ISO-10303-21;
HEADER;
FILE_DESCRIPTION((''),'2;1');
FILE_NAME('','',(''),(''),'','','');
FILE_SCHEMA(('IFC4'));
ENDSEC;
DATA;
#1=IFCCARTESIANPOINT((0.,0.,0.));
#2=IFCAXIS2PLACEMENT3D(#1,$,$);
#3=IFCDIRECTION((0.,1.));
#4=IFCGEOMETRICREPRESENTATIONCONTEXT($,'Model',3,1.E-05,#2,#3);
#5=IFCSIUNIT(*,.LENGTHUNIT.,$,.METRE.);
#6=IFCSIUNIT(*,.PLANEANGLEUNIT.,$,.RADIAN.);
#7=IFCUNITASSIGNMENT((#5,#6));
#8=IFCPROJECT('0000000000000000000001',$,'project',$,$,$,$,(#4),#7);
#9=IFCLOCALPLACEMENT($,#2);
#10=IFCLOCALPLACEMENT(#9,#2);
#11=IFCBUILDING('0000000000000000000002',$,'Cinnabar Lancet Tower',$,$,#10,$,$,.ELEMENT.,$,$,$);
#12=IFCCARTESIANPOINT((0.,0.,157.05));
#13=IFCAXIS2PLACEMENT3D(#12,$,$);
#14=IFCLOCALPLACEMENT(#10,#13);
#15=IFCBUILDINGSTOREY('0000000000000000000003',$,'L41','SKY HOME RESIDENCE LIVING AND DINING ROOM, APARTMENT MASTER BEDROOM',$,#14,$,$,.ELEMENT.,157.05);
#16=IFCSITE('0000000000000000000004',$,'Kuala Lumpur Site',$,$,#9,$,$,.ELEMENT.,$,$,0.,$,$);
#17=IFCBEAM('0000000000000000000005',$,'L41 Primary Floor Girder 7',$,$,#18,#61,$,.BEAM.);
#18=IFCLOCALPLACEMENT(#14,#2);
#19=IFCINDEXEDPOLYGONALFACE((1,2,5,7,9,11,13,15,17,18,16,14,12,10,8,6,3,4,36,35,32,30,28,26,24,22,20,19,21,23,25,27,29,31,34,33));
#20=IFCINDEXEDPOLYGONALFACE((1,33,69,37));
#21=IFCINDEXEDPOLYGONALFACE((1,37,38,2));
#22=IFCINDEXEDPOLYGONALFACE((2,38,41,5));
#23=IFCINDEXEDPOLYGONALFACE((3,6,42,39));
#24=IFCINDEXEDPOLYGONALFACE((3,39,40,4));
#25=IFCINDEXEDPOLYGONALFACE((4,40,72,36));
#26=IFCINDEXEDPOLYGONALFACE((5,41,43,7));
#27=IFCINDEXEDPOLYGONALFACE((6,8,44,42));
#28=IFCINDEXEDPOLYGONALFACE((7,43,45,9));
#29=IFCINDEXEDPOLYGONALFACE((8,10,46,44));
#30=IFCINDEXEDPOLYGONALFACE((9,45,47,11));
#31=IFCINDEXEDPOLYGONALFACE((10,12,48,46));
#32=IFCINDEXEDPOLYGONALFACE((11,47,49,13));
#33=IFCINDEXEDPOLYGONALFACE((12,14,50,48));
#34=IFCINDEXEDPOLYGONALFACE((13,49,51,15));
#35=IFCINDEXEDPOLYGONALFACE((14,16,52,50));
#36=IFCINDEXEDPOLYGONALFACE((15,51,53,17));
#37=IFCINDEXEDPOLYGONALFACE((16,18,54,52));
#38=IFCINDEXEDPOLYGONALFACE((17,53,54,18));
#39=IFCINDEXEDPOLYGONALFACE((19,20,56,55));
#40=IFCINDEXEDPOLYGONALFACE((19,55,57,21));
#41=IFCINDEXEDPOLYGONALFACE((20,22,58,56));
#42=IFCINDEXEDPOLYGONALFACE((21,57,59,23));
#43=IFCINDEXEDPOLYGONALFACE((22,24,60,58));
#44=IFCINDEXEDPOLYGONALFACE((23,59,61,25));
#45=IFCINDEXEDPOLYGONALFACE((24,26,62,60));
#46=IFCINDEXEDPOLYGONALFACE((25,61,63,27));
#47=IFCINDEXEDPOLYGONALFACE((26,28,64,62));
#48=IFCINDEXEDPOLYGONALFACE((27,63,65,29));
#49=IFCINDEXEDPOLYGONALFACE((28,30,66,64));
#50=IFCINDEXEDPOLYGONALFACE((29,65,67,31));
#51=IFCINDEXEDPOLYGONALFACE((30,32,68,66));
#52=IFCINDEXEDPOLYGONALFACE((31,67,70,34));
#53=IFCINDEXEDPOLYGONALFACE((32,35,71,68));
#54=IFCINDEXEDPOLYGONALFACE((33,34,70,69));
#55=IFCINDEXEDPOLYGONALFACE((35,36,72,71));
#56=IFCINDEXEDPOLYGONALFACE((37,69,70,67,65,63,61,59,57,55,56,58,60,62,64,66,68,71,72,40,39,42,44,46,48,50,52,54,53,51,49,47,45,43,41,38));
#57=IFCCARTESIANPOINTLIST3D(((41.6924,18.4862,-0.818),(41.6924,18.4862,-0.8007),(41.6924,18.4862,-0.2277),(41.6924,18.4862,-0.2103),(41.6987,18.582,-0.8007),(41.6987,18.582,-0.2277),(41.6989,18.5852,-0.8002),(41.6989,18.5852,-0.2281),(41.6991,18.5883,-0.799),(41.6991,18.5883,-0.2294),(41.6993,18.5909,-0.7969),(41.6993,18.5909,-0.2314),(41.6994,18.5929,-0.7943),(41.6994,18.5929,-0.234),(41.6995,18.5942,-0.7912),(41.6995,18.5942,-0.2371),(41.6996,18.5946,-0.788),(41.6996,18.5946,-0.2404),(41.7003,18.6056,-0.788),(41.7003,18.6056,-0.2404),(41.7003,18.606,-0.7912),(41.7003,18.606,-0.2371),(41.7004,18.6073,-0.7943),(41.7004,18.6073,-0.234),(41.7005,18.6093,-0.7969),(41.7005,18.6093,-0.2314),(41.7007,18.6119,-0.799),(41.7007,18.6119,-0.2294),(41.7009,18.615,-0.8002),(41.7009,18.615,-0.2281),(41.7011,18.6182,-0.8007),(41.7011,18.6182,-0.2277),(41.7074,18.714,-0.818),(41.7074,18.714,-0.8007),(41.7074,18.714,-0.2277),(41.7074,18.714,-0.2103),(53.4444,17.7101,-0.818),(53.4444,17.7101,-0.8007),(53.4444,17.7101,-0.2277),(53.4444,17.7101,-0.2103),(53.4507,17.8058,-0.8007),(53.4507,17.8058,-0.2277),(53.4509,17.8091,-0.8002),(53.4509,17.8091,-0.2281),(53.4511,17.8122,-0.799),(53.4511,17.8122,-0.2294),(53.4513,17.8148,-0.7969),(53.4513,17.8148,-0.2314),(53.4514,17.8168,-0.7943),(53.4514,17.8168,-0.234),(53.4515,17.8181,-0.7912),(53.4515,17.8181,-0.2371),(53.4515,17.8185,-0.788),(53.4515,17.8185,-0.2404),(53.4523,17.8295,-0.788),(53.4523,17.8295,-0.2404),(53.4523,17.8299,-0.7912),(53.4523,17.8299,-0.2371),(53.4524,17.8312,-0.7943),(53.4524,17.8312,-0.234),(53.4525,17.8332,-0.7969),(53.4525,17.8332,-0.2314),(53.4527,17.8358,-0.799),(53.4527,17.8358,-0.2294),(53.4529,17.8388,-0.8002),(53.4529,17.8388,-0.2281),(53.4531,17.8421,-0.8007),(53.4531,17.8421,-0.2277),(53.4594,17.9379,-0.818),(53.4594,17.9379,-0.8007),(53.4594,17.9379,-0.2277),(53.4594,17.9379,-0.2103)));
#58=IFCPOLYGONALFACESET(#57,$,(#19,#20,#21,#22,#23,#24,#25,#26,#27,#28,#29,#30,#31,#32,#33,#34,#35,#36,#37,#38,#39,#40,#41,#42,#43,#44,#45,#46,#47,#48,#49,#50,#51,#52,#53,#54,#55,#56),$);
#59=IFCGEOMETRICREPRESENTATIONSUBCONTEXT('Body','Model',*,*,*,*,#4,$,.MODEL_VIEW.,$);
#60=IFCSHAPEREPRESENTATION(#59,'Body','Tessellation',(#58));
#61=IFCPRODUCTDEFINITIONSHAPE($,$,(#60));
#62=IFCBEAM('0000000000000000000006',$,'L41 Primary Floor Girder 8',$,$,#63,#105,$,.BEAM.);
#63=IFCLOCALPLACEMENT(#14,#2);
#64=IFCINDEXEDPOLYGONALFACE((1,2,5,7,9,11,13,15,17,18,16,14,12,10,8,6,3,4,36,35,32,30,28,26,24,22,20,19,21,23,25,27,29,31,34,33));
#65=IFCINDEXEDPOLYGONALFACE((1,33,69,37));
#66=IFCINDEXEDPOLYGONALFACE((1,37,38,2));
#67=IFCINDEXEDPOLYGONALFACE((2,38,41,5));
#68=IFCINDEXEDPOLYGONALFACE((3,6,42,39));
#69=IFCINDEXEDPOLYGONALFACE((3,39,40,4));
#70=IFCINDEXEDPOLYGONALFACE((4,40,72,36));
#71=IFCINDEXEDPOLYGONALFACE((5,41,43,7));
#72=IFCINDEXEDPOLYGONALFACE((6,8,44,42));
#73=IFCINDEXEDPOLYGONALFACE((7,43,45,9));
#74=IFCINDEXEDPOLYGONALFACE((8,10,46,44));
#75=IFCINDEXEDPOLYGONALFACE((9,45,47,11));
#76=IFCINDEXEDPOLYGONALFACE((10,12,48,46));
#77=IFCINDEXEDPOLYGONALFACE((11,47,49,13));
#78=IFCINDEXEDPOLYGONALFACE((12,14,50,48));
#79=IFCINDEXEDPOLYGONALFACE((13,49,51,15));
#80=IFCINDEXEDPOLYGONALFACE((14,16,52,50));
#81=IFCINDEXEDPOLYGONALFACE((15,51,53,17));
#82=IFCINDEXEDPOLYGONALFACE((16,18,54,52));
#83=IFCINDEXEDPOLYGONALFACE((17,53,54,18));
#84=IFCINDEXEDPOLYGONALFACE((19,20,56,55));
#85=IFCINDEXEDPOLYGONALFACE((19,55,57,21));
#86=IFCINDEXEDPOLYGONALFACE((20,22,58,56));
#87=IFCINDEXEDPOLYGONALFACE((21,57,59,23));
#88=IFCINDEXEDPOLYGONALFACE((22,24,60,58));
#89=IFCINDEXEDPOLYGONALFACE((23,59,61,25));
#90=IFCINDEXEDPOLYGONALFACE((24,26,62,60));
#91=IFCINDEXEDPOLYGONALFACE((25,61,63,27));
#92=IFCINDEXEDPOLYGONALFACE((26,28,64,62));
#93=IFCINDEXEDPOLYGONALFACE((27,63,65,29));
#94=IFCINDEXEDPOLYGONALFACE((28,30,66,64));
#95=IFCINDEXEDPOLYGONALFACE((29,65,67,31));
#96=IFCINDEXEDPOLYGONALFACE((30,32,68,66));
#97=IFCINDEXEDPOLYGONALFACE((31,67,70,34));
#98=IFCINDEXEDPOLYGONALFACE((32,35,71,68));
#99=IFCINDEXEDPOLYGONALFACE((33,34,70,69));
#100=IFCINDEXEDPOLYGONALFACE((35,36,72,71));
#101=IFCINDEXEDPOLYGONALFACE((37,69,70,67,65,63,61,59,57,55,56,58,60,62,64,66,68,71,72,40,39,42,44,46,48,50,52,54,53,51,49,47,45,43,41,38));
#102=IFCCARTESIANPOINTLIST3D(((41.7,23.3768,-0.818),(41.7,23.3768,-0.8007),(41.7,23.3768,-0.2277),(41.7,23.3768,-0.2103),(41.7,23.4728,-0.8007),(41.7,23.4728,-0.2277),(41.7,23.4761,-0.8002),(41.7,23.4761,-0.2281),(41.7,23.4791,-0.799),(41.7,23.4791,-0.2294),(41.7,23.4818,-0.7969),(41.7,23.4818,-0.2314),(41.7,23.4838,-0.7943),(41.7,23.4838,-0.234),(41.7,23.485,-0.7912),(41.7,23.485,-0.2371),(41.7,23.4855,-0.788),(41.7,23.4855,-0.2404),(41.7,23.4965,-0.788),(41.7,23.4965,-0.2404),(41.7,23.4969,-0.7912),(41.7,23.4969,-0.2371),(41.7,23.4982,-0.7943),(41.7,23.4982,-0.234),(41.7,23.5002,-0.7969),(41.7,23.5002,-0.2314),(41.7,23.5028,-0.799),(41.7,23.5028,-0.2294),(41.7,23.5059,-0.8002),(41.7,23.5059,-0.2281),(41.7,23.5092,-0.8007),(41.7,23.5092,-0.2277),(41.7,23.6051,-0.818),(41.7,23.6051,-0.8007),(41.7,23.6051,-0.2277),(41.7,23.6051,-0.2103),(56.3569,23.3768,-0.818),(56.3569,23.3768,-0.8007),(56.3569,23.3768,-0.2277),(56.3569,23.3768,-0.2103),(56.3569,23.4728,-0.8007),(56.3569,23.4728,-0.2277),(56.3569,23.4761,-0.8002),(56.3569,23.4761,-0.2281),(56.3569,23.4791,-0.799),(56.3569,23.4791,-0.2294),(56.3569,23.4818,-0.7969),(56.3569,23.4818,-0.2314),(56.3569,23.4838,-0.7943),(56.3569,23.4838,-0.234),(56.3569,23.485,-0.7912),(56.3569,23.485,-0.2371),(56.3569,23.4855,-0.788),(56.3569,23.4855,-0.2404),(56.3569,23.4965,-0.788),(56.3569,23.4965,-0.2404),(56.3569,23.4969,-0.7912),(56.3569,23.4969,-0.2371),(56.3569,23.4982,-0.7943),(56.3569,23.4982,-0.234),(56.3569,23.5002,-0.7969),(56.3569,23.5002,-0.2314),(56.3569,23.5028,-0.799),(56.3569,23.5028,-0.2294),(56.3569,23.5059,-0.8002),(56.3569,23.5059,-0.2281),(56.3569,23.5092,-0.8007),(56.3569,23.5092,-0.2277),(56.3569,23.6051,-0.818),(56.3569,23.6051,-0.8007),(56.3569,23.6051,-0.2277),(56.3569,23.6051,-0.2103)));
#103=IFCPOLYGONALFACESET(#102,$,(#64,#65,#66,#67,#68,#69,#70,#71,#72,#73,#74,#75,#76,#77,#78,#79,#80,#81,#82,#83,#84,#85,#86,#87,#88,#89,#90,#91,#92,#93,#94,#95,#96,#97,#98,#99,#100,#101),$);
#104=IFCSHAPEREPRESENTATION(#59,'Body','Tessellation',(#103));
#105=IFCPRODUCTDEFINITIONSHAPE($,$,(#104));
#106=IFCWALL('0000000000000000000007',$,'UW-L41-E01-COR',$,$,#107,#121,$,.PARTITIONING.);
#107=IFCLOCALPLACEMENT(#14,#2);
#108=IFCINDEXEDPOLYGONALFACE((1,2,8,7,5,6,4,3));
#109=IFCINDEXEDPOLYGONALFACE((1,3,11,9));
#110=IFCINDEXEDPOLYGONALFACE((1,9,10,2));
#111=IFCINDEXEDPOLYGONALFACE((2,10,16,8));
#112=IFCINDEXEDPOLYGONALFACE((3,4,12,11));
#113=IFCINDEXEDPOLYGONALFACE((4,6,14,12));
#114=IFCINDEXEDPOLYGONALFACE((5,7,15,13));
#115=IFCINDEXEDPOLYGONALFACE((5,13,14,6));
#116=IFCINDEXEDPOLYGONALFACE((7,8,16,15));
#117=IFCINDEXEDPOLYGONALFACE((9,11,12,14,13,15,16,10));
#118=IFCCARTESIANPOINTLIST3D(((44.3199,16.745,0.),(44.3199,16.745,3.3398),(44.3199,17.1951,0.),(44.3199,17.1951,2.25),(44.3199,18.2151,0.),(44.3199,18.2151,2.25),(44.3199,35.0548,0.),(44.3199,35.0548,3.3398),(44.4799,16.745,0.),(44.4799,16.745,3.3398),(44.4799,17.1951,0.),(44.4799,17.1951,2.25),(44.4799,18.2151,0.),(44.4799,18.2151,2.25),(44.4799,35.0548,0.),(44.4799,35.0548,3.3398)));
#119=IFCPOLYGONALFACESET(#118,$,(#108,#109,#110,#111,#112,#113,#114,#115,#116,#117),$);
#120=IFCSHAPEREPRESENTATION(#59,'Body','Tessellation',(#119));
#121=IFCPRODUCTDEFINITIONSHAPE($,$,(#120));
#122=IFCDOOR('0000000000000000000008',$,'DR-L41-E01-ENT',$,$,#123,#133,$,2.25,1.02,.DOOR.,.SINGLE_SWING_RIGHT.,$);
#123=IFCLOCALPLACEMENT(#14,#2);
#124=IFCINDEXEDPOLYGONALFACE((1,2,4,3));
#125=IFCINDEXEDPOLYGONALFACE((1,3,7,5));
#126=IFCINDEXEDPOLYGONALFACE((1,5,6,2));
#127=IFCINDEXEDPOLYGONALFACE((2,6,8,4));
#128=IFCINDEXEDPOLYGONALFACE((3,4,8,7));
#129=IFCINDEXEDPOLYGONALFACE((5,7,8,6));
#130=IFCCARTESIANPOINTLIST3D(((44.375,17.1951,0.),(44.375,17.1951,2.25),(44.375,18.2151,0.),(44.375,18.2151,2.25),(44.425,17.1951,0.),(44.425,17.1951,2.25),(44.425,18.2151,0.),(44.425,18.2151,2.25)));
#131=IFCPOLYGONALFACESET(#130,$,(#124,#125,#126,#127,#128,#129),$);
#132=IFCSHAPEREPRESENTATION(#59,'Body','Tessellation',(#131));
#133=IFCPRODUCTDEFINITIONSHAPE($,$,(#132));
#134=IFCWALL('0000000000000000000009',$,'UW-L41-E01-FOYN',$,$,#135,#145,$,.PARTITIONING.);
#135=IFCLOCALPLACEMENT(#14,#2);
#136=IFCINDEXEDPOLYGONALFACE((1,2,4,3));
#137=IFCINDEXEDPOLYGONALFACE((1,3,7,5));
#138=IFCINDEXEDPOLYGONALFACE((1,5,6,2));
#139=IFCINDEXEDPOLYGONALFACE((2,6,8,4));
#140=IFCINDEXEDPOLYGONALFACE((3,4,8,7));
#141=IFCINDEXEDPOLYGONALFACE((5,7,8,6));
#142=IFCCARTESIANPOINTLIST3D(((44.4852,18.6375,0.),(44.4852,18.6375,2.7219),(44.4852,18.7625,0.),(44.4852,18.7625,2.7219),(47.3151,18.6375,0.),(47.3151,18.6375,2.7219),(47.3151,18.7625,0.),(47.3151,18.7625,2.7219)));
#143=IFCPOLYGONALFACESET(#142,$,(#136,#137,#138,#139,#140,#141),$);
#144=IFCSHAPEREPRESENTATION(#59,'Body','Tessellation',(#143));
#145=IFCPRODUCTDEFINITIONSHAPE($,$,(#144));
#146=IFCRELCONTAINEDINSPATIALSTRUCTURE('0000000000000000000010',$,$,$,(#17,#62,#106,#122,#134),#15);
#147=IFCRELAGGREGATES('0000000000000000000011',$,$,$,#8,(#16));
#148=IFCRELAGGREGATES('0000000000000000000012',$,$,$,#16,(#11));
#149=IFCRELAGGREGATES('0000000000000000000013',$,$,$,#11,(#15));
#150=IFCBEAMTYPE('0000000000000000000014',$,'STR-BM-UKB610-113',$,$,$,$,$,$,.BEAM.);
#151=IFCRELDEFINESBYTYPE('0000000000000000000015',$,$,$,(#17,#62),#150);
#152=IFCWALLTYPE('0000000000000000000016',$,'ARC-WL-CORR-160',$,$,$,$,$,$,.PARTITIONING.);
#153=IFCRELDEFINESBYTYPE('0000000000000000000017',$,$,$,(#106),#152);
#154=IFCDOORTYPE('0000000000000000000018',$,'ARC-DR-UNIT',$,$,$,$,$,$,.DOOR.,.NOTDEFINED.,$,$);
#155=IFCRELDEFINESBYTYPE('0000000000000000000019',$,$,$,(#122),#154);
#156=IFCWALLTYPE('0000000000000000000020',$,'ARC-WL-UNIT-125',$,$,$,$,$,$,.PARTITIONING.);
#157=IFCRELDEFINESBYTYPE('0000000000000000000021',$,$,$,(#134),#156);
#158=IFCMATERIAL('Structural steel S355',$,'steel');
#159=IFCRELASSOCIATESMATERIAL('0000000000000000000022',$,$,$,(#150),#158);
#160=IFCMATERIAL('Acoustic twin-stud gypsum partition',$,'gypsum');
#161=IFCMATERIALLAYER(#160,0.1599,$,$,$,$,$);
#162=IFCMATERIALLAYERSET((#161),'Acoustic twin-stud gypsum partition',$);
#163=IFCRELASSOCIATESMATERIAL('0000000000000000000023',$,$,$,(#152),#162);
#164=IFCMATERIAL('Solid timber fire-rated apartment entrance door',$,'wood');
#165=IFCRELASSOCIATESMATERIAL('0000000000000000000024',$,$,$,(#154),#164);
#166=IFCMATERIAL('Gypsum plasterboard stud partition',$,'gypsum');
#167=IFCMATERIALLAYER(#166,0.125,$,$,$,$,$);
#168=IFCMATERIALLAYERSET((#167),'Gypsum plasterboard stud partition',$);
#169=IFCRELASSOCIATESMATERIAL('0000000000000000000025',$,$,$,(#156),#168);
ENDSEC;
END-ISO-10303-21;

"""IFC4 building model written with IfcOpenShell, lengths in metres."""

from ifc_helpers import new_model, si_unit, direction, frame, frame_2d, origin, origin_2d, place, context, subcontext, project, spatial, rectangle, i_section, extrude, material, layer, layer_set, material_profile, profile_set, type_object, element, fill, save


model = new_model("IFC4")

# Units and contexts
model_context = context("Model", 3, precision=1e-05, world=origin(), true_north=direction((0.0, 1.0)))
body_context = subcontext(model_context, "Body", "Model", "MODEL_VIEW")
ifc_project = project(units=[si_unit("LENGTHUNIT", "METRE"), si_unit("PLANEANGLEUNIT", "RADIAN")], contexts=[model_context])

# Site, building, storey
site_placement = place(None, origin())
site = spatial("IfcSite", under=ifc_project, at=site_placement, Name="Kuala Lumpur Site", CompositionType="ELEMENT", RefElevation=0.0)
building_placement = place(site_placement, origin())
building = spatial("IfcBuilding", under=site, at=building_placement, Name="Cinnabar Lancet Tower", CompositionType="ELEMENT")
storey_placement = place(building_placement, frame((0.0, 0.0, 157.05)))
storey = spatial("IfcBuildingStorey", under=building, at=storey_placement, Name="L41", Description="SKY HOME RESIDENCE LIVING AND DINING ROOM, APARTMENT MASTER BEDROOM", CompositionType="ELEMENT", Elevation=157.05)

# Beams
ifc_material_1 = material(Name="Structural steel S355", Category="steel")
ifc_material_profile_1 = material_profile(ifc_material_1, i_section(OverallWidth=0.2283, OverallDepth=0.6077, WebThickness=0.011, FlangeThickness=0.0173, FilletRadius=0.0127, at=origin_2d()), Name="UKB 610x229x113")
ifc_profile_set_1 = profile_set([ifc_material_profile_1], Name="Structural steel S355")
beam_type_1 = type_object("IfcBeamType", Name="STR-BM-UKB610-113", PredefinedType="BEAM", material=ifc_profile_set_1)
beam_1_placement = place(storey_placement, frame((53.4519, 17.824, -0.5142), z_axis=(-0.997826, 0.065898, 0.0), x_axis=(-0.065898, -0.997826, 0.0)))
element("IfcBeam", 1, at=beam_1_placement, inside=storey, type_object=beam_type_1, Name="L41 Primary Floor Girder 7", PredefinedType="BEAM", context=body_context, shape_type="SweptSolid", body=[
    extrude(i_section(OverallWidth=0.2283, OverallDepth=0.6077, WebThickness=0.011, FlangeThickness=0.0173, FilletRadius=0.0127, at=origin_2d()), origin(), (0.0, 0.0, 1.0), 11.7776),
])
beam_2_placement = place(storey_placement, frame((56.3569, 23.491, -0.5142), z_axis=(-1.0, 0.0, 0.0), x_axis=(0.0, -1.0, 0.0)))
element("IfcBeam", 2, at=beam_2_placement, inside=storey, type_object=beam_type_1, Name="L41 Primary Floor Girder 8", PredefinedType="BEAM", context=body_context, shape_type="SweptSolid", body=[
    extrude(i_section(OverallWidth=0.2283, OverallDepth=0.6077, WebThickness=0.011, FlangeThickness=0.0173, FilletRadius=0.0127, at=origin_2d()), origin(), (0.0, 0.0, 1.0), 14.657),
])

# Wall, opening, door
ifc_material_2 = material(Name="Acoustic twin-stud gypsum partition", Category="gypsum")
ifc_layer_1 = layer(ifc_material_2, 0.1599)
ifc_layer_set_1 = layer_set([ifc_layer_1], Name="Acoustic twin-stud gypsum partition")
wall_type_1 = type_object("IfcWallType", Name="ARC-WL-CORR-160", PredefinedType="PARTITIONING", material=ifc_layer_set_1)
wall_1_placement = place(storey_placement, frame((44.3999, 16.7451, 0.0), z_axis=(0.0, 0.0, 1.0), x_axis=(0.0, 1.0, 0.0)))
wall_1 = element("IfcWall", 3, at=wall_1_placement, inside=storey, type_object=wall_type_1, Name="UW-L41-E01-COR", PredefinedType="PARTITIONING", context=body_context, shape_type="SweptSolid", body=[
    extrude(rectangle(XDim=18.3098, YDim=0.1599, at=frame_2d((9.1548, 0.0))), origin(), (0.0, 0.0, 1.0), 3.3398),
])
opening_1_placement = place(wall_1_placement, frame((0.45, 0.0, 0.0)))
opening_1 = element("IfcOpeningElement", 4, at=opening_1_placement, cuts=wall_1, PredefinedType="OPENING", context=body_context, shape_type="SweptSolid", body=[
    extrude(rectangle(XDim=1.02, YDim=2.25, at=frame_2d((0.51, 1.125))), frame((0.0, 0.0898, 0.0), z_axis=(0.0, -1.0, 0.0), x_axis=(1.0, 0.0, 0.0)), (0.0, 0.0, 1.0), 0.1799),
])
ifc_material_3 = material(Name="Solid timber fire-rated apartment entrance door", Category="wood")
door_type_1 = type_object("IfcDoorType", Name="ARC-DR-UNIT", OperationType="NOTDEFINED", PredefinedType="DOOR", material=ifc_material_3)
door_1_placement = place(opening_1_placement, origin())
door_1 = element("IfcDoor", 5, at=door_1_placement, inside=storey, type_object=door_type_1, Name="DR-L41-E01-ENT", OperationType="SINGLE_SWING_RIGHT", OverallHeight=2.25, OverallWidth=1.02, PredefinedType="DOOR", context=body_context, shape_type="SweptSolid", body=[
    extrude(rectangle(XDim=1.02, YDim=2.25, at=frame_2d((0.51, 1.125))), frame((0.0, 0.0249, 0.0), z_axis=(0.0, -1.0, 0.0), x_axis=(1.0, 0.0, 0.0)), (0.0, 0.0, 1.0), 0.05),
])
fill(opening_1, door_1)

# Wall
ifc_material_4 = material(Name="Gypsum plasterboard stud partition", Category="gypsum")
ifc_layer_2 = layer(ifc_material_4, 0.125)
ifc_layer_set_2 = layer_set([ifc_layer_2], Name="Gypsum plasterboard stud partition")
wall_type_2 = type_object("IfcWallType", Name="ARC-WL-UNIT-125", PredefinedType="PARTITIONING", material=ifc_layer_set_2)
wall_2_placement = place(storey_placement, frame((44.4851, 18.7, 0.0), z_axis=(0.0, 0.0, 1.0), x_axis=(1.0, 0.0, 0.0)))
element("IfcWall", 6, at=wall_2_placement, inside=storey, type_object=wall_type_2, Name="UW-L41-E01-FOYN", PredefinedType="PARTITIONING", context=body_context, shape_type="SweptSolid", body=[
    extrude(rectangle(XDim=2.8298, YDim=0.125, at=frame_2d((1.415, 0.0))), origin(), (0.0, 0.0, 1.0), 2.7219),
])

save(model, "model.ifc")
